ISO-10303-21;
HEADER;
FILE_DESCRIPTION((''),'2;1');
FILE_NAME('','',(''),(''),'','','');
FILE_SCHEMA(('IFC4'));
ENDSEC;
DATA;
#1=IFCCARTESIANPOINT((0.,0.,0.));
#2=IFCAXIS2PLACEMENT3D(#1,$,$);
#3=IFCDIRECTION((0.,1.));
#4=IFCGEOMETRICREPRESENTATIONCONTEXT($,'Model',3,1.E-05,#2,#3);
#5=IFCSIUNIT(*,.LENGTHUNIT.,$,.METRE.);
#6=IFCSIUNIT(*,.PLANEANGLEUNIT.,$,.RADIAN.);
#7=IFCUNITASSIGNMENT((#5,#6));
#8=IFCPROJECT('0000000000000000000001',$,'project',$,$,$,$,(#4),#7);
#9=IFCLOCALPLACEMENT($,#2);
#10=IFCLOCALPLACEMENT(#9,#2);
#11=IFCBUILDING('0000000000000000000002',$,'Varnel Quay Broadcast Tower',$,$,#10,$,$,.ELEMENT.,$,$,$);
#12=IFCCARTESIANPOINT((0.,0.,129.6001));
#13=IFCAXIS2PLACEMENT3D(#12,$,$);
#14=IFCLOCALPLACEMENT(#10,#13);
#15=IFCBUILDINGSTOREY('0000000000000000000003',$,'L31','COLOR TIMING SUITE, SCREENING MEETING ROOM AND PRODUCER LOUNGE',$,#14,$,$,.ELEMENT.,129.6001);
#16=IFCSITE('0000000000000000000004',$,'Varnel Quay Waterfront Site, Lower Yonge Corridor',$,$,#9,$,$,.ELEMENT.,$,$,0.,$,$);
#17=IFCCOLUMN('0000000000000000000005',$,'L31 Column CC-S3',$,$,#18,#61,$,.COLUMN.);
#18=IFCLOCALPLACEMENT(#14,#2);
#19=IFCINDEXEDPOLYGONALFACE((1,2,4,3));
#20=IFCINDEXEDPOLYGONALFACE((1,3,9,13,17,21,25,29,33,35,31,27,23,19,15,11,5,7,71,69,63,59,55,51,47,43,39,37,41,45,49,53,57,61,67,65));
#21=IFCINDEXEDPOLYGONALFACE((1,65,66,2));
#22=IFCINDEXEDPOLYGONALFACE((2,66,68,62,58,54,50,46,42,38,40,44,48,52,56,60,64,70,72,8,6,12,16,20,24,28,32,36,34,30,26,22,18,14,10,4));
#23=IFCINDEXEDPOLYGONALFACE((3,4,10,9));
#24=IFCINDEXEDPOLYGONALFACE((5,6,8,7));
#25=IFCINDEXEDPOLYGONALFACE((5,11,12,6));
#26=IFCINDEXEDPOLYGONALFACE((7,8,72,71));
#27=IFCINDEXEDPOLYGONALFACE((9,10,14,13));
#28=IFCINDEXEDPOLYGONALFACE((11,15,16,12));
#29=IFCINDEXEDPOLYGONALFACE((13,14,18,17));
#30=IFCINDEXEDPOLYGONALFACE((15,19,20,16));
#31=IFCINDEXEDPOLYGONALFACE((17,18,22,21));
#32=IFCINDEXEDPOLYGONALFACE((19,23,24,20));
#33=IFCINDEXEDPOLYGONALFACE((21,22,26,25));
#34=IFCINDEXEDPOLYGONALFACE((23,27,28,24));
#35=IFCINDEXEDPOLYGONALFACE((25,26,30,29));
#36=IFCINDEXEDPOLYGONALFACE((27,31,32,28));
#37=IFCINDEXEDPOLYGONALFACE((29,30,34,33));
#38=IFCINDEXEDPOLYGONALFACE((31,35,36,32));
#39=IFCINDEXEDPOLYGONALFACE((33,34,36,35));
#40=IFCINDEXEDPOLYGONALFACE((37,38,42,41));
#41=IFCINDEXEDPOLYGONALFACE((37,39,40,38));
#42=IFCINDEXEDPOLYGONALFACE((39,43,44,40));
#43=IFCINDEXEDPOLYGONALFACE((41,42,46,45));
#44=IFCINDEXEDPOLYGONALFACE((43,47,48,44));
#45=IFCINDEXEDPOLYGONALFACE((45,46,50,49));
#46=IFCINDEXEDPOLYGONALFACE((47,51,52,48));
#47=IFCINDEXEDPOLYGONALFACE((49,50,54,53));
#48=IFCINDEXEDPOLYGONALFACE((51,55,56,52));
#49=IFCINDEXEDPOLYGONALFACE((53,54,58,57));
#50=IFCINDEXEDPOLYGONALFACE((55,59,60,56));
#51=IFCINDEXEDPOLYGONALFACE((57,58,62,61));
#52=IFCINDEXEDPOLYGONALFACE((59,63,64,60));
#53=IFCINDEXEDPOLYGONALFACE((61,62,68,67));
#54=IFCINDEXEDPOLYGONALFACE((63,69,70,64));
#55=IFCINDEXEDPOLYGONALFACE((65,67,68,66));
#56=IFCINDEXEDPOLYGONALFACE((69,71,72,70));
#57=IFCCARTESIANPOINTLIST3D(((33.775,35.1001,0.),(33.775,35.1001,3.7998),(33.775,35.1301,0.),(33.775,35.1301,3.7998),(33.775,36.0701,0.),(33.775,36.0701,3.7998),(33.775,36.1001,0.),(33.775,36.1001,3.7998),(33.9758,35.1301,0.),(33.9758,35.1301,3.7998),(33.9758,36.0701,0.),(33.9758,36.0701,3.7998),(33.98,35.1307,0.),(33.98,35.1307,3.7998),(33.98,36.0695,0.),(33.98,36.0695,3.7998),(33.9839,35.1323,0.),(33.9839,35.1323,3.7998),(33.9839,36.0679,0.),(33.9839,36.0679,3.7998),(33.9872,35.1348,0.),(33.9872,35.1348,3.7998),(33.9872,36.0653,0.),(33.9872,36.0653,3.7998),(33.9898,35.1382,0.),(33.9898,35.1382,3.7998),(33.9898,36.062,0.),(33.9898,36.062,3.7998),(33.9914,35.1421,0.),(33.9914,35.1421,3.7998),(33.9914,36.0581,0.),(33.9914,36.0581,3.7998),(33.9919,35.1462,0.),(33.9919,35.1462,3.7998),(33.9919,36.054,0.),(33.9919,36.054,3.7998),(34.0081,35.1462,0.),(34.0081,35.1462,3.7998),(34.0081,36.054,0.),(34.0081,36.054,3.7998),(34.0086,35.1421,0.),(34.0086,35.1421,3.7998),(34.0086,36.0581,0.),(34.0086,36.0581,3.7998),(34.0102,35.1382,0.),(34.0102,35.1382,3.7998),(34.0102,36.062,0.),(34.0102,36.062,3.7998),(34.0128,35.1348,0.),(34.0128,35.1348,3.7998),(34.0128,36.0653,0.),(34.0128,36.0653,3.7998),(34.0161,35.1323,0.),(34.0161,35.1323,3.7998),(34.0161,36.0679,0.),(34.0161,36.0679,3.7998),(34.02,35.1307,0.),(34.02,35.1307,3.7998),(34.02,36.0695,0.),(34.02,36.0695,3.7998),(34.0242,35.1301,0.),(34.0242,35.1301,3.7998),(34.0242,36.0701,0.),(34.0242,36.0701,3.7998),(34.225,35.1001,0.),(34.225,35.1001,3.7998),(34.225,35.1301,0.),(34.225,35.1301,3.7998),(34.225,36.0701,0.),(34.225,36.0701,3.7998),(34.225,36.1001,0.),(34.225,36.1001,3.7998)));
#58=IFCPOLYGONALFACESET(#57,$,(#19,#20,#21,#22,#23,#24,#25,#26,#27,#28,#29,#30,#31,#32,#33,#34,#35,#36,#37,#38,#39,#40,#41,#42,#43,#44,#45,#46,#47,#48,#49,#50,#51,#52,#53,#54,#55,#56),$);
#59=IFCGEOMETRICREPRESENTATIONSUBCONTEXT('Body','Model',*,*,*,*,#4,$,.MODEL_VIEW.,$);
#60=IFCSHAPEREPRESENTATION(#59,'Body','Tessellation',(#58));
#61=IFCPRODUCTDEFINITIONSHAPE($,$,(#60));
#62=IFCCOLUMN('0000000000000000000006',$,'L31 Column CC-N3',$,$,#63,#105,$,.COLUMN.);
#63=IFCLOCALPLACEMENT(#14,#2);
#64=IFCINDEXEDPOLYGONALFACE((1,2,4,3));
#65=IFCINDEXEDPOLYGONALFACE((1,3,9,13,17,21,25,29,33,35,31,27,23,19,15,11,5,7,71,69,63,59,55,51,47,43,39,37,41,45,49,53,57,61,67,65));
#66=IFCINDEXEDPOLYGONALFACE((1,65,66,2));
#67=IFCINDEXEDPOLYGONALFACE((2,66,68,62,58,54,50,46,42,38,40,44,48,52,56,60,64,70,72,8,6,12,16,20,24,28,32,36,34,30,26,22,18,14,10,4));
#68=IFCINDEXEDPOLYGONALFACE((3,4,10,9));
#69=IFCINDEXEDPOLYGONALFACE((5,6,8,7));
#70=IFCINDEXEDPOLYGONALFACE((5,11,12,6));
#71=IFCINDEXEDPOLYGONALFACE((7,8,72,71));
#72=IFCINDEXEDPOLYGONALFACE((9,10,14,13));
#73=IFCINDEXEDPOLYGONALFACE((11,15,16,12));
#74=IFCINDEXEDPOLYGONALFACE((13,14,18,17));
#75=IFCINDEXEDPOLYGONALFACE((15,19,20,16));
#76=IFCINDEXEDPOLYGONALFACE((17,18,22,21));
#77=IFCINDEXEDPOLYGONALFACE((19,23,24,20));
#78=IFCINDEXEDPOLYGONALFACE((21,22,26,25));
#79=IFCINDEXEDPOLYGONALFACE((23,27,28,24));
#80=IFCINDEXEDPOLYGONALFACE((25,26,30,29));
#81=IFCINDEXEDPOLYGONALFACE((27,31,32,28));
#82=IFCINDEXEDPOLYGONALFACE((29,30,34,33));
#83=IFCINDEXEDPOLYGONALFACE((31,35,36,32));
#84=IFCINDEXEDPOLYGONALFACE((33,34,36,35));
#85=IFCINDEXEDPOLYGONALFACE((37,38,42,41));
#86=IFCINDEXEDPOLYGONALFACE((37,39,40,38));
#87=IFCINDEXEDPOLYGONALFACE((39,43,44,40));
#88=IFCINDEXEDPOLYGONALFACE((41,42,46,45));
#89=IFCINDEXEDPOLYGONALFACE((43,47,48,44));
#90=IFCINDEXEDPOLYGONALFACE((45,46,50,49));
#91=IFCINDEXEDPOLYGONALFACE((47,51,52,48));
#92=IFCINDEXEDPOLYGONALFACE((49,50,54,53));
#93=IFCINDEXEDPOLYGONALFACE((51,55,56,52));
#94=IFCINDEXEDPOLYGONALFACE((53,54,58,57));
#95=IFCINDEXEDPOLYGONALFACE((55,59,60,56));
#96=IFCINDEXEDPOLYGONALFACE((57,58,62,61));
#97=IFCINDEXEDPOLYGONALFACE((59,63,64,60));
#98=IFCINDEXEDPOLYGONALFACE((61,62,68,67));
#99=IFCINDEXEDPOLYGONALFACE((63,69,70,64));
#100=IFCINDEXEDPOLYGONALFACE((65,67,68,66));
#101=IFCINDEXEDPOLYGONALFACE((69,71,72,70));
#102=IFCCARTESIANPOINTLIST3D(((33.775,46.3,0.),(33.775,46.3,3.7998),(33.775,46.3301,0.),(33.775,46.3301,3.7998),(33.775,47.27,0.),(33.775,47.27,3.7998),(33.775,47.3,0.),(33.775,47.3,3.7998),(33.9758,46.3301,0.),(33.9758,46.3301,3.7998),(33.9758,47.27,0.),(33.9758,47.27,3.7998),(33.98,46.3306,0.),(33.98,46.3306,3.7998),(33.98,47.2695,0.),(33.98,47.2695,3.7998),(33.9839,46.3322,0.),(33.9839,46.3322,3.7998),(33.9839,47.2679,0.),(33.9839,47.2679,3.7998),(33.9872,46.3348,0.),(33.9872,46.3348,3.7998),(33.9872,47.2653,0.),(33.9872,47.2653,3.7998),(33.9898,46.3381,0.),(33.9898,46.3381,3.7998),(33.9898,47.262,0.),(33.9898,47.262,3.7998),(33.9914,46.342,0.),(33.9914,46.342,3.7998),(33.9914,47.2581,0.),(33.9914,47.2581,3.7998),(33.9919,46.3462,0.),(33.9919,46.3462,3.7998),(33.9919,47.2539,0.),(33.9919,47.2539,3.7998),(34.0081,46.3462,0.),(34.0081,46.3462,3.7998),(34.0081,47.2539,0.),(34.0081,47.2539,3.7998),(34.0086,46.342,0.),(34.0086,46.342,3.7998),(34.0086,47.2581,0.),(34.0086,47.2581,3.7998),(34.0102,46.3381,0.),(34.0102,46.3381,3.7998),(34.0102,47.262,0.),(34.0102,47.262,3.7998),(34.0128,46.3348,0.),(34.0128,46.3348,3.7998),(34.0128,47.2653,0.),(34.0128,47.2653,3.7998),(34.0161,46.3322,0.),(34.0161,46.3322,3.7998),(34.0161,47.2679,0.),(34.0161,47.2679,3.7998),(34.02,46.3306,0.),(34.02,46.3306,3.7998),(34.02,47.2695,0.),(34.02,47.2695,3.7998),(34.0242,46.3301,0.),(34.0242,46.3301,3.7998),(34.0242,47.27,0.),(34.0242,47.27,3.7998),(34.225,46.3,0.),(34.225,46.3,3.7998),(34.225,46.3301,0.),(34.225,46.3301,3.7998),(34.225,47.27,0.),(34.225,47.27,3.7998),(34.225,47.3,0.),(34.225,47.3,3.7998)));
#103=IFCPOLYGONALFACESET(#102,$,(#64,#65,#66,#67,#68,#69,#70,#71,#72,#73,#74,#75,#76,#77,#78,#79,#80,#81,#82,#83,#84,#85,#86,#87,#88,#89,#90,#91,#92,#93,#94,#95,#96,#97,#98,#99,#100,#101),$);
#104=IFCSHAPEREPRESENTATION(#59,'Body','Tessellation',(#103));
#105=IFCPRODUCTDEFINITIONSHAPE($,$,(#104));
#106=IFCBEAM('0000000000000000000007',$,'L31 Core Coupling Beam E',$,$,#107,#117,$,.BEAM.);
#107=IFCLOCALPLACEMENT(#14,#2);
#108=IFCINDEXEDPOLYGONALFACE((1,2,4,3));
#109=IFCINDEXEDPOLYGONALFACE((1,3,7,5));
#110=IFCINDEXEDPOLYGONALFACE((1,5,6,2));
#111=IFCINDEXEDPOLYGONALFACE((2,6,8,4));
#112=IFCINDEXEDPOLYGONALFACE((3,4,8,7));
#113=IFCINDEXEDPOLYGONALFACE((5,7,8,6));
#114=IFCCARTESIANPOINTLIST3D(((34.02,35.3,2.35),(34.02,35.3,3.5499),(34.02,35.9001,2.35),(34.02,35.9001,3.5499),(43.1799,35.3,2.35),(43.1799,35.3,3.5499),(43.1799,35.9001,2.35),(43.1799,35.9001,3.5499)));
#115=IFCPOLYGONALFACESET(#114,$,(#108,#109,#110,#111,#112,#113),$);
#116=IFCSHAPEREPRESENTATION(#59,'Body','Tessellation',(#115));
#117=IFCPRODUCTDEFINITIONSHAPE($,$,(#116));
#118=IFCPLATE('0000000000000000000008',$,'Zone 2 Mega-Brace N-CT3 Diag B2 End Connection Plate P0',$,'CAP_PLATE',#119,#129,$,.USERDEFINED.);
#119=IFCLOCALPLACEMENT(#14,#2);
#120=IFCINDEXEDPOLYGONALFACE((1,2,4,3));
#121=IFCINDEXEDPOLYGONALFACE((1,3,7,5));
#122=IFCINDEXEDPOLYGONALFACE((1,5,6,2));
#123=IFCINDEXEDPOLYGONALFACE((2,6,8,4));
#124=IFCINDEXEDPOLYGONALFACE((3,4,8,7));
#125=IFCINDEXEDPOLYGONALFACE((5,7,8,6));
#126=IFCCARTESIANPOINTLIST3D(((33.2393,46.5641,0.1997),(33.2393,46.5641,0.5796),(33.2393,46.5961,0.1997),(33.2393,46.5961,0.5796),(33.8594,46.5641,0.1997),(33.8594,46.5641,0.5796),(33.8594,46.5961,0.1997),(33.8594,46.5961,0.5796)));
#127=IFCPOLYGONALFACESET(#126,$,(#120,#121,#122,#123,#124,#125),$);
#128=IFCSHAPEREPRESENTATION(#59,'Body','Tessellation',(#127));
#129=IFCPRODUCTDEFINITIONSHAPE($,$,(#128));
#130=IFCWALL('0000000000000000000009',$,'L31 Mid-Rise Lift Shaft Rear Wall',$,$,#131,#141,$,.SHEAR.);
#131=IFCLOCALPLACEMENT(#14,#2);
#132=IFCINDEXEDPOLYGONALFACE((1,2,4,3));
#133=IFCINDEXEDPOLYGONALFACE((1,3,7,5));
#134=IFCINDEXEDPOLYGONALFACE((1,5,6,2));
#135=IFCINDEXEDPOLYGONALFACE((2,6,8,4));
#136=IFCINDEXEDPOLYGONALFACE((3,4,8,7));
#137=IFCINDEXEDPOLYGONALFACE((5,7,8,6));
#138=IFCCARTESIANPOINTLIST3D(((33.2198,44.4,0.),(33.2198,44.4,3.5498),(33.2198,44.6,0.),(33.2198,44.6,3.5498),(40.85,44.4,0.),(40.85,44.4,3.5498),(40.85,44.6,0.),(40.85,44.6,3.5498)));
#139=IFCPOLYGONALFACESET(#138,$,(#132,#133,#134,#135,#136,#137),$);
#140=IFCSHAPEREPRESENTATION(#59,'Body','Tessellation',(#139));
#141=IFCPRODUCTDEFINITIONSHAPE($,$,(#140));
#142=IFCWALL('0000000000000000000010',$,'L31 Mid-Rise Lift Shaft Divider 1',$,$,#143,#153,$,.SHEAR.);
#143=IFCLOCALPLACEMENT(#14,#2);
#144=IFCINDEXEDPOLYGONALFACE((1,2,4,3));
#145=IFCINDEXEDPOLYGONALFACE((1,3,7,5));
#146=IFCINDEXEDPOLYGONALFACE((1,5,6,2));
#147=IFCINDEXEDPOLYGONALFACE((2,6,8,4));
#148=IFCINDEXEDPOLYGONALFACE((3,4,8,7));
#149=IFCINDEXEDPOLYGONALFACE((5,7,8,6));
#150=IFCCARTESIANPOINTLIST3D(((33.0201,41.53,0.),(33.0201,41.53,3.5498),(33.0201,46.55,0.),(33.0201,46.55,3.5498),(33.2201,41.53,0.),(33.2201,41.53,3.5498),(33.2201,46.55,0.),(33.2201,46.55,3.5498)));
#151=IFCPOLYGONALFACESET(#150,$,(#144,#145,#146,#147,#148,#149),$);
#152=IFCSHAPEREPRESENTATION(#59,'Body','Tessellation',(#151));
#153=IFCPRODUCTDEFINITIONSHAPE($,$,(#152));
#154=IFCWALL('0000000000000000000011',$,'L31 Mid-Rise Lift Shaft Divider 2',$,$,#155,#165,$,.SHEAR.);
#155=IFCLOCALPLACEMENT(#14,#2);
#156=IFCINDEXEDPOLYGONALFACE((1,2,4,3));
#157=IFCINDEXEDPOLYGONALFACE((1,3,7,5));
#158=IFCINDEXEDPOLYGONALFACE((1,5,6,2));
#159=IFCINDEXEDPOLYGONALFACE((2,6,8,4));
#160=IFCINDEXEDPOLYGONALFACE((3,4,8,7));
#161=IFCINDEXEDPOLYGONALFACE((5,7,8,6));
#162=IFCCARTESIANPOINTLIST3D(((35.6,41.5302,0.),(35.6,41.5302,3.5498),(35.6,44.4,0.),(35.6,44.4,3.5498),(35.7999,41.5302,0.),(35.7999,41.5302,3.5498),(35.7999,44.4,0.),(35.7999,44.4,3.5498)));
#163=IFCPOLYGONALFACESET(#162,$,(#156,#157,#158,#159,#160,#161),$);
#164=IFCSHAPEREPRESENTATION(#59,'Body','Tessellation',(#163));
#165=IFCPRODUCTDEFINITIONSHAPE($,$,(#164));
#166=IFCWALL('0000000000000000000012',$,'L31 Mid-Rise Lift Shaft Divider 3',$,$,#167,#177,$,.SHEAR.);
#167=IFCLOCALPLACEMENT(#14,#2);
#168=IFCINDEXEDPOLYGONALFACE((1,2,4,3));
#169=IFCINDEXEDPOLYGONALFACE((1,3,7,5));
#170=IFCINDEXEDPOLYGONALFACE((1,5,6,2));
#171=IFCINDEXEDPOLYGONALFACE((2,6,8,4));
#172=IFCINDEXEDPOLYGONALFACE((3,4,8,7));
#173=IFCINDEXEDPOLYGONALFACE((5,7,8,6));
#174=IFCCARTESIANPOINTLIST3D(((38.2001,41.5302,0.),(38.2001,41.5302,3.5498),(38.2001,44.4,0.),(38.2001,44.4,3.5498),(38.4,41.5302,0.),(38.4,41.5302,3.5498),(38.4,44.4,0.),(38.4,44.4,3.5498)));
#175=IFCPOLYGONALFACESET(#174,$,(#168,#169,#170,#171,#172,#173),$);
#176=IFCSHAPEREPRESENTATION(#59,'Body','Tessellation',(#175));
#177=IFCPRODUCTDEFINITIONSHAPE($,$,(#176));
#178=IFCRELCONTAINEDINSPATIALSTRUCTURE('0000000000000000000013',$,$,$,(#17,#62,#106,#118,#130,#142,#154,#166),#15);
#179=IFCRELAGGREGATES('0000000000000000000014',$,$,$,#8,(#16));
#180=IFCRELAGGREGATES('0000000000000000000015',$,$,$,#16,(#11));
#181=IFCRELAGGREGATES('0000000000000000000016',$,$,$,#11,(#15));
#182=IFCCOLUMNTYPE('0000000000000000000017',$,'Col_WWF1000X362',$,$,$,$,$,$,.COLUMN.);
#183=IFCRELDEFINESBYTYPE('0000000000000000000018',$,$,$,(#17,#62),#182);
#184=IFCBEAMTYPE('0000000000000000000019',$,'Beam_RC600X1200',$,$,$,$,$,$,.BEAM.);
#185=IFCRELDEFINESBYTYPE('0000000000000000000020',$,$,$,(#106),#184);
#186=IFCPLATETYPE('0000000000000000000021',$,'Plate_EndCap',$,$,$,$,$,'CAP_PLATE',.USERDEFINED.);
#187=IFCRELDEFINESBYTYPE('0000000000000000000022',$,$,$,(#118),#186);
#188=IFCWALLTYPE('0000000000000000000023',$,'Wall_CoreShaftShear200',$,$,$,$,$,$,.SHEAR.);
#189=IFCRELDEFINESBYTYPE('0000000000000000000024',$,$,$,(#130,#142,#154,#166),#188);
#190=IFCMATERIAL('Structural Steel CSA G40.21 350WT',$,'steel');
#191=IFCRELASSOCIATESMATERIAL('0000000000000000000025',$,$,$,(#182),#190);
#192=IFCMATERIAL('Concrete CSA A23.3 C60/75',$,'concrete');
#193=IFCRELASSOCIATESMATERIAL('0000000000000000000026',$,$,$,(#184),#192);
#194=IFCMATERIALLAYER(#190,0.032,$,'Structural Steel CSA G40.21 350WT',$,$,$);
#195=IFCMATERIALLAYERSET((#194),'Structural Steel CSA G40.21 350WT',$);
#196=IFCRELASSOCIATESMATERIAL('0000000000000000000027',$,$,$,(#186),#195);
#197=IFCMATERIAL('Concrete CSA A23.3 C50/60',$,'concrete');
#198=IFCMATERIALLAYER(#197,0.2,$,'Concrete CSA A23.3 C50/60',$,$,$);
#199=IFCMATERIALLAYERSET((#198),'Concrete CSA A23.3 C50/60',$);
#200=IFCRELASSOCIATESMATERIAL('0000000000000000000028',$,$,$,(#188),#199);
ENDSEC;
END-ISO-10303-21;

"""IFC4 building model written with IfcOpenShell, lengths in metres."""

from ifc_helpers import new_model, si_unit, direction, frame, frame_2d, origin, origin_2d, place, context, subcontext, project, spatial, rectangle, i_section, extrude, source, transform, mapped, material, layer, layer_set, material_profile, profile_set, type_object, type_shapes, element, save


model = new_model("IFC4")

# Units and contexts
model_context = context("Model", 3, precision=1e-05, world=origin(), true_north=direction((0.0, 1.0)))
body_context = subcontext(model_context, "Body", "Model", "MODEL_VIEW")
ifc_project = project(units=[si_unit("LENGTHUNIT", "METRE"), si_unit("PLANEANGLEUNIT", "RADIAN")], contexts=[model_context])

# Site, building, storey
site_placement = place(None, origin())
site = spatial("IfcSite", under=ifc_project, at=site_placement, Name="Varnel Quay Waterfront Site, Lower Yonge Corridor", CompositionType="ELEMENT", RefElevation=0.0)
building_placement = place(site_placement, origin())
building = spatial("IfcBuilding", under=site, at=building_placement, Name="Varnel Quay Broadcast Tower", CompositionType="ELEMENT")
storey_placement = place(building_placement, frame((0.0, 0.0, 129.6001)))
storey = spatial("IfcBuildingStorey", under=building, at=storey_placement, Name="L31", Description="COLOR TIMING SUITE, SCREENING MEETING ROOM AND PRODUCER LOUNGE", CompositionType="ELEMENT", Elevation=129.6001)

# Columns
ifc_material_1 = material(Name="Structural Steel CSA G40.21 350WT", Category="steel")
ifc_material_profile_1 = material_profile(ifc_material_1, i_section(OverallWidth=0.45, OverallDepth=1.0, WebThickness=0.0161, FlangeThickness=0.03, FilletRadius=0.0161, at=origin_2d()), Name="WWF1000X362")
ifc_profile_set_1 = profile_set([ifc_material_profile_1], Name="Structural Steel CSA G40.21 350WT")
column_type = type_object("IfcColumnType", Name="Col_WWF1000X362", PredefinedType="COLUMN", material=ifc_profile_set_1)
shared_shape_1 = source(origin(), body_context, "Body", "SweptSolid", [
    extrude(i_section(OverallWidth=0.45, OverallDepth=1.0, WebThickness=0.0161, FlangeThickness=0.03, FilletRadius=0.0161, at=origin_2d()), origin(), (0.0, 0.0, 1.0), 3.7998),
])
type_shapes(column_type, [shared_shape_1])
for number, where, z_axis, x_axis, name in (
    (1, (34.0, 35.6001, 0.0), (0.0, 0.0, 1.0), (1.0, 0.0, 0.0), "L31 Column CC-S3"),
    (2, (34.0, 46.8, 0.0), (0.0, 0.0, 1.0), (1.0, 0.0, 0.0), "L31 Column CC-N3"),
):
    element("IfcColumn", number, at=place(storey_placement, frame(where, z_axis=z_axis, x_axis=x_axis)), inside=storey, type_object=column_type, Name=name, PredefinedType="COLUMN", context=body_context, shape_type="MappedRepresentation", body=[
        mapped(shared_shape_1, transform((0.0, 0.0, 0.0), x_axis=(1.0, 0.0, 0.0), y_axis=(0.0, 1.0, 0.0), z_axis=(0.0, 0.0, 1.0), scale=1.0)),
    ])

# Beam
ifc_material_2 = material(Name="Concrete CSA A23.3 C60/75", Category="concrete")
ifc_material_profile_2 = material_profile(ifc_material_2, rectangle(XDim=0.6001, YDim=1.2, at=origin_2d()), Name="RC600X1200")
ifc_profile_set_2 = profile_set([ifc_material_profile_2], Name="Concrete CSA A23.3 C60/75")
beam_type = type_object("IfcBeamType", Name="Beam_RC600X1200", PredefinedType="BEAM", material=ifc_profile_set_2)
shared_shape_2 = source(origin(), body_context, "Body", "SweptSolid", [
    extrude(rectangle(XDim=0.6001, YDim=1.2, at=origin_2d()), origin(), (0.0, 0.0, 1.0), 9.1599),
])
type_shapes(beam_type, [shared_shape_2])
beam_placement = place(storey_placement, frame((34.02, 35.6001, 2.95), z_axis=(1.0, 0.0, 0.0), x_axis=(0.0, 1.0, 0.0)))
element("IfcBeam", 3, at=beam_placement, inside=storey, type_object=beam_type, Name="L31 Core Coupling Beam E", PredefinedType="BEAM", context=body_context, shape_type="MappedRepresentation", body=[
    mapped(shared_shape_2, transform((0.0, 0.0, 0.0), x_axis=(1.0, 0.0, 0.0), y_axis=(0.0, 1.0, 0.0), z_axis=(0.0, 0.0, 1.0), scale=1.0)),
])

# Plate
ifc_layer_1 = layer(ifc_material_1, 0.032, Name="Structural Steel CSA G40.21 350WT")
ifc_layer_set_1 = layer_set([ifc_layer_1], Name="Structural Steel CSA G40.21 350WT")
plate_type = type_object("IfcPlateType", Name="Plate_EndCap", ElementType="CAP_PLATE", PredefinedType="USERDEFINED", material=ifc_layer_set_1)
shared_shape_3 = source(origin(), body_context, "Body", "SweptSolid", [
    extrude(rectangle(XDim=0.6201, YDim=0.032, at=origin_2d()), origin(), (0.0, 0.0, 1.0), 0.3799),
])
type_shapes(plate_type, [shared_shape_3])
plate_placement = place(storey_placement, frame((33.5493, 46.5801, 0.1997), z_axis=(0.0, 0.0, 1.0), x_axis=(1.0, 0.0, 0.0)))
element("IfcPlate", 4, at=plate_placement, inside=storey, type_object=plate_type, Name="Zone 2 Mega-Brace N-CT3 Diag B2 End Connection Plate P0", ObjectType="CAP_PLATE", PredefinedType="USERDEFINED", context=body_context, shape_type="MappedRepresentation", body=[
    mapped(shared_shape_3, transform((0.0, 0.0, 0.0), x_axis=(1.0, 0.0, 0.0), y_axis=(0.0, 1.0, 0.0), z_axis=(0.0, 0.0, 1.0), scale=1.0)),
])

# Walls
ifc_material_3 = material(Name="Concrete CSA A23.3 C50/60", Category="concrete")
ifc_layer_2 = layer(ifc_material_3, 0.2, Name="Concrete CSA A23.3 C50/60")
ifc_layer_set_2 = layer_set([ifc_layer_2], Name="Concrete CSA A23.3 C50/60")
wall_type_1 = type_object("IfcWallType", Name="Wall_CoreShaftShear200", PredefinedType="SHEAR", material=ifc_layer_set_2)
wall_1_placement = place(storey_placement, frame((33.22, 44.5, 0.0), z_axis=(0.0, 0.0, 1.0), x_axis=(1.0, 0.0, 0.0)))
element("IfcWall", 5, at=wall_1_placement, inside=storey, type_object=wall_type_1, Name="L31 Mid-Rise Lift Shaft Rear Wall", PredefinedType="SHEAR", context=body_context, shape_type="SweptSolid", body=[
    extrude(rectangle(XDim=7.6301, YDim=0.2, at=frame_2d((3.8149, 0.0))), origin(), (0.0, 0.0, 1.0), 3.5498),
])
wall_2_placement = place(storey_placement, frame((33.1201, 41.53, 0.0), z_axis=(0.0, 0.0, 1.0), x_axis=(0.0, 1.0, 0.0)))
element("IfcWall", 6, at=wall_2_placement, inside=storey, type_object=wall_type_1, Name="L31 Mid-Rise Lift Shaft Divider 1", PredefinedType="SHEAR", context=body_context, shape_type="SweptSolid", body=[
    extrude(rectangle(XDim=5.02, YDim=0.2, at=frame_2d((2.51, 0.0))), origin(), (0.0, 0.0, 1.0), 3.5498),
])
for number, where, z_axis, x_axis, name in (
    (7, (35.7, 41.53, 0.0), (0.0, 0.0, 1.0), (0.0, 1.0, 0.0), "L31 Mid-Rise Lift Shaft Divider 2"),
    (8, (38.3, 41.53, 0.0), (0.0, 0.0, 1.0), (0.0, 1.0, 0.0), "L31 Mid-Rise Lift Shaft Divider 3"),
):
    element("IfcWall", number, at=place(storey_placement, frame(where, z_axis=z_axis, x_axis=x_axis)), inside=storey, type_object=wall_type_1, Name=name, PredefinedType="SHEAR", context=body_context, shape_type="SweptSolid", body=[
        extrude(rectangle(XDim=2.8699, YDim=0.2, at=frame_2d((1.4351, 0.0))), origin(), (0.0, 0.0, 1.0), 3.5498),
    ])

save(model, "model.ifc")
